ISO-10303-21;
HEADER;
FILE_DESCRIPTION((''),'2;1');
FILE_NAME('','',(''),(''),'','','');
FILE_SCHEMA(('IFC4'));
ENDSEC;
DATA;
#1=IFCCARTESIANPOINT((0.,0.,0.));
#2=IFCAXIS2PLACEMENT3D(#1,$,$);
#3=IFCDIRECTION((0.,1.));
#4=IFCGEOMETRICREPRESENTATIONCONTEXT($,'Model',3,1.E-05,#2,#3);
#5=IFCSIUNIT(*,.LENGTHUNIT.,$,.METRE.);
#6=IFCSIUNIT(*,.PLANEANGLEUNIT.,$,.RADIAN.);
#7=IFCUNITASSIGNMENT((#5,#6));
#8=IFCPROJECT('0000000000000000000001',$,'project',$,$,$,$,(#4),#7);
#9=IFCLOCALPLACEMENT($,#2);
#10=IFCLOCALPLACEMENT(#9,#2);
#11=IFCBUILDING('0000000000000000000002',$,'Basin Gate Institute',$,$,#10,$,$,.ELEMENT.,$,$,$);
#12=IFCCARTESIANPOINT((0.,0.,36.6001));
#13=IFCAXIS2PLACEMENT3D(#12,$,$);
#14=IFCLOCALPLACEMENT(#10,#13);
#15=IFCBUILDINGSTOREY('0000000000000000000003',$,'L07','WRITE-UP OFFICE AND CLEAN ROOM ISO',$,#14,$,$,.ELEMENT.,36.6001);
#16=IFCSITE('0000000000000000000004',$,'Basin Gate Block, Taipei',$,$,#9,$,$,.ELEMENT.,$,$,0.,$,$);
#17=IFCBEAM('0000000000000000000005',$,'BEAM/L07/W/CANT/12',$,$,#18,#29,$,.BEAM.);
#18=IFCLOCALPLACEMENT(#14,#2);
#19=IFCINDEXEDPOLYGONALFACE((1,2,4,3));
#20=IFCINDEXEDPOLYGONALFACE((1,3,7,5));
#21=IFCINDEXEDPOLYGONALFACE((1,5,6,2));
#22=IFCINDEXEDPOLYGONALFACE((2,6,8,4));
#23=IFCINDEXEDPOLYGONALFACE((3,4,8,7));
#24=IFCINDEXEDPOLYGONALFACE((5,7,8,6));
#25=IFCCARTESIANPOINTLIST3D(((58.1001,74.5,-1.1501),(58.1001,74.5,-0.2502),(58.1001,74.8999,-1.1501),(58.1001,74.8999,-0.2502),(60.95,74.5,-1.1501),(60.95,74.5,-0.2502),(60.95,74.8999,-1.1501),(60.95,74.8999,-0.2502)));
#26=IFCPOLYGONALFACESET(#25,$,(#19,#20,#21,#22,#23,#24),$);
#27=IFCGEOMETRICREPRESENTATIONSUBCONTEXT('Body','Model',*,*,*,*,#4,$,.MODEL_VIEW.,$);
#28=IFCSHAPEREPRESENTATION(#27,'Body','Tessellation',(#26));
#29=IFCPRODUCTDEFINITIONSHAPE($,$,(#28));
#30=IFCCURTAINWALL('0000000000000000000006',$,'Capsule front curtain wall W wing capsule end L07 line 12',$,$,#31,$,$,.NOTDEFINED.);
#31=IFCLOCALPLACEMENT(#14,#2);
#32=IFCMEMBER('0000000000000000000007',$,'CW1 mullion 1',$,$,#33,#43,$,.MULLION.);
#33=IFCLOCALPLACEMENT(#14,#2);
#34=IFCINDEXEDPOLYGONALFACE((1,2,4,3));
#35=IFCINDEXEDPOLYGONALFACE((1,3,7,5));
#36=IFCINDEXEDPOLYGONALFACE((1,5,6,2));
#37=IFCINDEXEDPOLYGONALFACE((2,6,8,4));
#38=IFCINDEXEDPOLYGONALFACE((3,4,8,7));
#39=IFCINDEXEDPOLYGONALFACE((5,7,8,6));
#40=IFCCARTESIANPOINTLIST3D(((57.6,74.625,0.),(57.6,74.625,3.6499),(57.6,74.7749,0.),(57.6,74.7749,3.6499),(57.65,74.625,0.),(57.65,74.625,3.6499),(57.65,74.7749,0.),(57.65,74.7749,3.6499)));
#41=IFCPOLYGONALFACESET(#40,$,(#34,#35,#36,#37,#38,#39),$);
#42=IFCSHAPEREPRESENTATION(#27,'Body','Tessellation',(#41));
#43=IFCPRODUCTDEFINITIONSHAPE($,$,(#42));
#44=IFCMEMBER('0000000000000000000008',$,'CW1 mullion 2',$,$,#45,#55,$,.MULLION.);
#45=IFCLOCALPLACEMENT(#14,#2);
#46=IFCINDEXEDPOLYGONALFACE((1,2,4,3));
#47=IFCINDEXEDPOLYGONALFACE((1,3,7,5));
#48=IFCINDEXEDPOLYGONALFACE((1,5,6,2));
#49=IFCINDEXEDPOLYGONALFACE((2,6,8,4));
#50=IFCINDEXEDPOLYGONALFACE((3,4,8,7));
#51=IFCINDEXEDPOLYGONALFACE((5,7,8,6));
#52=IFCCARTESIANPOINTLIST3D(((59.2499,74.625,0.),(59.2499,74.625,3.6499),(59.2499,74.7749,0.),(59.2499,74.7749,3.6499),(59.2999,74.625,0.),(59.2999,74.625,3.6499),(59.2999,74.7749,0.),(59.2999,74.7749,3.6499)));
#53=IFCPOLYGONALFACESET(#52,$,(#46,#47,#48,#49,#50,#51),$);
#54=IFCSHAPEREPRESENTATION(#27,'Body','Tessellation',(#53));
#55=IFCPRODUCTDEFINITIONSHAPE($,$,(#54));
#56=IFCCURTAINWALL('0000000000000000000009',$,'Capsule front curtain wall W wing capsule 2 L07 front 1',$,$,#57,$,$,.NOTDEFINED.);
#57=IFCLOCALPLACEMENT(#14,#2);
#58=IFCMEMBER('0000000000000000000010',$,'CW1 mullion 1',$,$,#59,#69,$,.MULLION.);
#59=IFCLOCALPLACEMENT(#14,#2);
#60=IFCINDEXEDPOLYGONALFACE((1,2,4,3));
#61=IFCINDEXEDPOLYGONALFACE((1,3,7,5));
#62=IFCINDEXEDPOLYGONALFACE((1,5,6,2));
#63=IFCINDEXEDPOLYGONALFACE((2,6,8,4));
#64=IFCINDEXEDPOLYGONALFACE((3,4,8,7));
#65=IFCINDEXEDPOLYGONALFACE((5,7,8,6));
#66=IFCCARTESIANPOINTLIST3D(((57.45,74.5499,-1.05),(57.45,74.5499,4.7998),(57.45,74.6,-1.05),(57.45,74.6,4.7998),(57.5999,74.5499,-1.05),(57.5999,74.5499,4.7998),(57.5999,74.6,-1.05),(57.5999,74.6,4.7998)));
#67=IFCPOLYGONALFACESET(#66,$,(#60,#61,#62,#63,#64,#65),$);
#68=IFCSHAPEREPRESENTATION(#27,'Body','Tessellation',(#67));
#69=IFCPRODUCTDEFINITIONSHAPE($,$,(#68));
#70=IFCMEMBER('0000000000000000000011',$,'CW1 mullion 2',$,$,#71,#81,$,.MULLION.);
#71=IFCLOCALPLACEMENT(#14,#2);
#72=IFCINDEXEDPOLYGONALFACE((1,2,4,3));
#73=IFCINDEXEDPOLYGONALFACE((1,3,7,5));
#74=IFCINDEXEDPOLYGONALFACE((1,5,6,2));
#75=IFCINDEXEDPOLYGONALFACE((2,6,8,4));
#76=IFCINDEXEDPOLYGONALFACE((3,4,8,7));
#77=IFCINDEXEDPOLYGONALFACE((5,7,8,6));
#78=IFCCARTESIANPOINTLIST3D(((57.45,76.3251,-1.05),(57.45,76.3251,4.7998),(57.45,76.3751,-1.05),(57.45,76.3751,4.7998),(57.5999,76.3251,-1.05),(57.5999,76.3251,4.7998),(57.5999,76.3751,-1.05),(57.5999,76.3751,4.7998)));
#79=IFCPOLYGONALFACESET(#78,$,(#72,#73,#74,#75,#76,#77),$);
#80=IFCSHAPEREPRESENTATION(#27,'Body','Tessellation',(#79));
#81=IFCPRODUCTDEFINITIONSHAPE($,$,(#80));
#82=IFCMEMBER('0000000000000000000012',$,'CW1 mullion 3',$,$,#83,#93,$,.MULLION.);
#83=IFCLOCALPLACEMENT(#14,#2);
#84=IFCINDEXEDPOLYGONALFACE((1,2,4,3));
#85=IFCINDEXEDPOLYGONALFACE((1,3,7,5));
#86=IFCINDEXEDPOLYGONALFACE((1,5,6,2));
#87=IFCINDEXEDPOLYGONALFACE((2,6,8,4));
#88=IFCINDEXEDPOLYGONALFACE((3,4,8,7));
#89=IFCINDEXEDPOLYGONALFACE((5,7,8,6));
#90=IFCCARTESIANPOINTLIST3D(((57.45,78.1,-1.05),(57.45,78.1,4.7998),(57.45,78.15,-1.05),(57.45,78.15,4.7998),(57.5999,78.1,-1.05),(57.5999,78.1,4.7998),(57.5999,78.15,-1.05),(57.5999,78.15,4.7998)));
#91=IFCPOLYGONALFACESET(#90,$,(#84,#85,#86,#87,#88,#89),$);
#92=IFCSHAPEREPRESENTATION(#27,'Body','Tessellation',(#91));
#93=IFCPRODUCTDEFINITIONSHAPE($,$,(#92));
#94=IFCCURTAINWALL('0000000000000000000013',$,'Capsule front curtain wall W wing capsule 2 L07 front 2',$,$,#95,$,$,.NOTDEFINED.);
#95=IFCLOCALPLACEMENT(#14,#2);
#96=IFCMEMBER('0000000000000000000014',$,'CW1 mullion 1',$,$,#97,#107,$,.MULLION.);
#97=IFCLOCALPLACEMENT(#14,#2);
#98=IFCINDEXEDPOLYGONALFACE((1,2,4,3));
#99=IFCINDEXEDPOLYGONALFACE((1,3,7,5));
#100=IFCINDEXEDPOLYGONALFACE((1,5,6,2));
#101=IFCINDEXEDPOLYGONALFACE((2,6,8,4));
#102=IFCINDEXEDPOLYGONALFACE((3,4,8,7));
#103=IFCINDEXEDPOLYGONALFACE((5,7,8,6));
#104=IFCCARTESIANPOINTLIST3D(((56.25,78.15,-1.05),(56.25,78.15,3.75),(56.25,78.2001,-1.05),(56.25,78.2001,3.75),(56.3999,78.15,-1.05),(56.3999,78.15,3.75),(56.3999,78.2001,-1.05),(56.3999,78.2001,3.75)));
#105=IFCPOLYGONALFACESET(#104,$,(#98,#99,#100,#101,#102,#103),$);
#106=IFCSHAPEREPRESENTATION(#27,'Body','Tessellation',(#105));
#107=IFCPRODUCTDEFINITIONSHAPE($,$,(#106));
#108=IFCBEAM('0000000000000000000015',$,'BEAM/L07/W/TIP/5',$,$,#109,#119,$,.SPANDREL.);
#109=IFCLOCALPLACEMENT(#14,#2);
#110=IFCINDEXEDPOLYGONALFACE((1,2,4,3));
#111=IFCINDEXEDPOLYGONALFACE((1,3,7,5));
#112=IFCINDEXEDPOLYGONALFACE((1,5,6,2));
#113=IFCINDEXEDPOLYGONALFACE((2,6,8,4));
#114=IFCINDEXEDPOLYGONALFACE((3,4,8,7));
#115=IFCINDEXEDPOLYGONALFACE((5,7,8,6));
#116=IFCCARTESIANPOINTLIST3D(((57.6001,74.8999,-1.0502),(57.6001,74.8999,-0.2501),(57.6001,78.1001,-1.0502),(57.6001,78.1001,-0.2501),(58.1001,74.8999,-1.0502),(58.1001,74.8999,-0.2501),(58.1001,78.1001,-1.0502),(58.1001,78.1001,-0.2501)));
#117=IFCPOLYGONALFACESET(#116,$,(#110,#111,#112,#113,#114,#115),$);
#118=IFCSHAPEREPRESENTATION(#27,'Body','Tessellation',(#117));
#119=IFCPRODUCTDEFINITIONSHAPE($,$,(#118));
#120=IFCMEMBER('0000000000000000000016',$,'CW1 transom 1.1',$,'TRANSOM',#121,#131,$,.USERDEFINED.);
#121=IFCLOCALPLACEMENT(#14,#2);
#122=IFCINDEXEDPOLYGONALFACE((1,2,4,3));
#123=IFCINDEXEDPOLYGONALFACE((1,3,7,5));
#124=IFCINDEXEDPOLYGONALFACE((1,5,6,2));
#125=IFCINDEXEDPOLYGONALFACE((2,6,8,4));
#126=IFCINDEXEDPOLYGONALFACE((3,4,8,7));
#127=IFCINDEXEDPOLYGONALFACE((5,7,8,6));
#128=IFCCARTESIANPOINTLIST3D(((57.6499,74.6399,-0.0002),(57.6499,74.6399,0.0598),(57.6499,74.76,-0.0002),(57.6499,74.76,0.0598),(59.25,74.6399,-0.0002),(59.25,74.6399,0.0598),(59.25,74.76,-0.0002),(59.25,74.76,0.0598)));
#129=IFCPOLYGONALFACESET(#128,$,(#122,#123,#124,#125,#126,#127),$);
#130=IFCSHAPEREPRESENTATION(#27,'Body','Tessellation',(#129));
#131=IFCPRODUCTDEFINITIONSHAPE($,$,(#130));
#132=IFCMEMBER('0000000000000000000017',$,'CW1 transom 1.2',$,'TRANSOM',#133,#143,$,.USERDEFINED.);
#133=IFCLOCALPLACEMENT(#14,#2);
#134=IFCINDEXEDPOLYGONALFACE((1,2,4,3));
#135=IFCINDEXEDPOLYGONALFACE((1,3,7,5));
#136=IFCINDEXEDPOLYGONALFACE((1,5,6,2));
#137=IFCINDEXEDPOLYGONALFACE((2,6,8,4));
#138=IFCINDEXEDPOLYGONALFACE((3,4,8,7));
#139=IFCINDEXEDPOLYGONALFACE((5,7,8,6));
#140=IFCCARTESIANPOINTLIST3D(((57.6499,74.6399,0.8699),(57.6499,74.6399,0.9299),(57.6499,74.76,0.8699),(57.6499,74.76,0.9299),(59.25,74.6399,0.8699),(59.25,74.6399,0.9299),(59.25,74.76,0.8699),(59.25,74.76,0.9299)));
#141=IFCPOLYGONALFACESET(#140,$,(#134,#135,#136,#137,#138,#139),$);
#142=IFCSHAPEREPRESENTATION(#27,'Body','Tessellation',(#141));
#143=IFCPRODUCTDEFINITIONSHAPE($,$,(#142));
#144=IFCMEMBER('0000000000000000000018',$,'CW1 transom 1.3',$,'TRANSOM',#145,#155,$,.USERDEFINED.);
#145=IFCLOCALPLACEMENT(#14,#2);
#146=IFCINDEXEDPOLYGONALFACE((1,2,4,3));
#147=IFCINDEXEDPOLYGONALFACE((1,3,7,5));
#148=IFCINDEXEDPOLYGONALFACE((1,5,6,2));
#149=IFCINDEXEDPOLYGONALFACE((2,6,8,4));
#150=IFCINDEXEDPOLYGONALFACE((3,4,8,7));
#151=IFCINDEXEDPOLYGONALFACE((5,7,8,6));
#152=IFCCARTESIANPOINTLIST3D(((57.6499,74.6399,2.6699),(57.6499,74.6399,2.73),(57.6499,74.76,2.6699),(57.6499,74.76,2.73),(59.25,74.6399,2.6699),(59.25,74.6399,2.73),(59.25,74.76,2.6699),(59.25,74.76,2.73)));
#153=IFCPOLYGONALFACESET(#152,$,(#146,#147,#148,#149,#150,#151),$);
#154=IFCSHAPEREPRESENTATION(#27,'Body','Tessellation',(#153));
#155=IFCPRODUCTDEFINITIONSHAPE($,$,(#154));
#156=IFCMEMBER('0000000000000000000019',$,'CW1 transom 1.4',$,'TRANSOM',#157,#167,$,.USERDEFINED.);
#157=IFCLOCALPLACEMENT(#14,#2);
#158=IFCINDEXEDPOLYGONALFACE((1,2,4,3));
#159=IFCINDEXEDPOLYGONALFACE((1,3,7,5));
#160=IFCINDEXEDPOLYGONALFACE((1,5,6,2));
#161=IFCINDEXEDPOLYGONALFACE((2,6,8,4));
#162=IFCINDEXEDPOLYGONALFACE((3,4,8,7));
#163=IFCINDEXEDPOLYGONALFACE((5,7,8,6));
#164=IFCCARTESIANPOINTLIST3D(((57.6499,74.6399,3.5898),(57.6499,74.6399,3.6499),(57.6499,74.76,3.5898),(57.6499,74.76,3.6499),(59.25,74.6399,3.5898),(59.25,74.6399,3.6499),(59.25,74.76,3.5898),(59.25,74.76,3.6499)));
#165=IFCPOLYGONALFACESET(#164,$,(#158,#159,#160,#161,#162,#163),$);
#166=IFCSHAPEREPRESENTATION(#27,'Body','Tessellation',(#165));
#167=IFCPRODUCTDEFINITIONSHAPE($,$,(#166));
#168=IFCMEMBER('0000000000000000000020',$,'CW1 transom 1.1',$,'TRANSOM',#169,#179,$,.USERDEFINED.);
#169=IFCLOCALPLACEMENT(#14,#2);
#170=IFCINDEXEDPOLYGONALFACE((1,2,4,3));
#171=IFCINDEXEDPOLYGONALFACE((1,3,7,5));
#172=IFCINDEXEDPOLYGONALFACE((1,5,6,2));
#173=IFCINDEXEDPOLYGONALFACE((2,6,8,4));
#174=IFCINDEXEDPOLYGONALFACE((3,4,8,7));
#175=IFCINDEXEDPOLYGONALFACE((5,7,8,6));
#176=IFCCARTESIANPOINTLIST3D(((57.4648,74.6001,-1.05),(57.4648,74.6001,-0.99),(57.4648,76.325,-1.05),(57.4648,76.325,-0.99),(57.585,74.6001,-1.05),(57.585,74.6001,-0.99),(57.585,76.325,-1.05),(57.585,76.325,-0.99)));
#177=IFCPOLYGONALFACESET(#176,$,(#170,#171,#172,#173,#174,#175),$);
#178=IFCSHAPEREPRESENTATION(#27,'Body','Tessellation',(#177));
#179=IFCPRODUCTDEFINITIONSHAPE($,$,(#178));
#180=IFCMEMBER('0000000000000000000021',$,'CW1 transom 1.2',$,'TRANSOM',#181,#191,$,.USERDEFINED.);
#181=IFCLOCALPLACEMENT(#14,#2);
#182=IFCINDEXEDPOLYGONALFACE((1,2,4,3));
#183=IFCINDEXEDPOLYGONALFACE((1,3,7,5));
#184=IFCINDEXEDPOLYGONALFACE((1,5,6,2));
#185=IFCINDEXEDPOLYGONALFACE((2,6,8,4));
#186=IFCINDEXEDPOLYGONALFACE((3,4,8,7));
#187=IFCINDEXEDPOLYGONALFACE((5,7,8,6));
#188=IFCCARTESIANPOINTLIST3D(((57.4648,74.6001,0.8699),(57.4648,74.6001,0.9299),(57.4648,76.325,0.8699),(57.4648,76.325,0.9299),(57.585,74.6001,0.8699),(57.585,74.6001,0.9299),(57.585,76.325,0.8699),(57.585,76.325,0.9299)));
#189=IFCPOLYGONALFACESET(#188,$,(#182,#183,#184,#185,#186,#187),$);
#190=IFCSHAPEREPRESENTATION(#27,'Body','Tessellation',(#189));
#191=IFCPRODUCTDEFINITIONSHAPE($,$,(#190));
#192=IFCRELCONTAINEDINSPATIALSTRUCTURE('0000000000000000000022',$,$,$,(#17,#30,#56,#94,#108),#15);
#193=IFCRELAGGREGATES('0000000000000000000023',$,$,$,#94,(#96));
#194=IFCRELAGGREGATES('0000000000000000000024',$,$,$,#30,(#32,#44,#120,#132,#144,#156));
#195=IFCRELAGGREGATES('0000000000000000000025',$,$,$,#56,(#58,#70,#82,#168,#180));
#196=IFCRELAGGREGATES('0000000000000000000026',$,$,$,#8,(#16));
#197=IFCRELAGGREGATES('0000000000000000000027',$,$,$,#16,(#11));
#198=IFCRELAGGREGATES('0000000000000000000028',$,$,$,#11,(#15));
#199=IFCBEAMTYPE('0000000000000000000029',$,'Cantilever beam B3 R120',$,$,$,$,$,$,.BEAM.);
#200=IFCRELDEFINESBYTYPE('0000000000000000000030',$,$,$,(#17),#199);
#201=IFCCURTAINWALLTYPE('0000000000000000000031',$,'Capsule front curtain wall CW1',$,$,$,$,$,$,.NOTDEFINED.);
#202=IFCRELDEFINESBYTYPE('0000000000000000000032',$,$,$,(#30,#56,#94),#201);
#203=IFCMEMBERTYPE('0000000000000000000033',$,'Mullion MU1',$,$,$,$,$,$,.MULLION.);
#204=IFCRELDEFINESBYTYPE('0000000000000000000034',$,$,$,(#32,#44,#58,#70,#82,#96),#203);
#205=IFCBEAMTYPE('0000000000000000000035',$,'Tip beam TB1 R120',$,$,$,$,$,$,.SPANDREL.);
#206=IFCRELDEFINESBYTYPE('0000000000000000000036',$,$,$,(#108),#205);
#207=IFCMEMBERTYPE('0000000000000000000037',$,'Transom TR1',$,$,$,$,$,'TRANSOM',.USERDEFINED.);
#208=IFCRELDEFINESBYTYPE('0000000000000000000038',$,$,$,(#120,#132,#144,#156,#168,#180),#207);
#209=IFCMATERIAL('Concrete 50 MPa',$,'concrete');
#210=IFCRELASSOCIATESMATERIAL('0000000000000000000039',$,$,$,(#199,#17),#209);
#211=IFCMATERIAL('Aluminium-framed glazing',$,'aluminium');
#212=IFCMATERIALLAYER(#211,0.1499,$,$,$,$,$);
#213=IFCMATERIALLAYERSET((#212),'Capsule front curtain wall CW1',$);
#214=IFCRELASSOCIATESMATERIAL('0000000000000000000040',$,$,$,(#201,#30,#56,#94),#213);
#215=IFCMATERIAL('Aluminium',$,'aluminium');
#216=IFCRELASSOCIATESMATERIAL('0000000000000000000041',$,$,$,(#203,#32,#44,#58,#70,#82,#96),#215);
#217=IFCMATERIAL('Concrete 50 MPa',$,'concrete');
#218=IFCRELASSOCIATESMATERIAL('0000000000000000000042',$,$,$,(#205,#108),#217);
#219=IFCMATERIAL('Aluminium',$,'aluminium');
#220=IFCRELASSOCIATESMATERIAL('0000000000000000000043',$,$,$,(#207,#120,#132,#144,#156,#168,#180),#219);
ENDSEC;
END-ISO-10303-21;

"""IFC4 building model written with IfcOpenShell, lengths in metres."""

from ifc_helpers import new_model, si_unit, direction, frame, origin, origin_2d, place, context, subcontext, project, spatial, rectangle, extrude, material, layer, layer_set, material_profile, profile_set, type_object, element, aggregate, save


model = new_model("IFC4")

# Units and contexts
model_context = context("Model", 3, precision=1e-05, world=origin(), true_north=direction((0.0, 1.0)))
body_context = subcontext(model_context, "Body", "Model", "MODEL_VIEW")
ifc_project = project(units=[si_unit("LENGTHUNIT", "METRE"), si_unit("PLANEANGLEUNIT", "RADIAN")], contexts=[model_context])

# Site, building, storey
site_placement = place(None, origin())
site = spatial("IfcSite", under=ifc_project, at=site_placement, Name="Basin Gate Block, Taipei", CompositionType="ELEMENT", RefElevation=0.0)
building_placement = place(site_placement, origin())
building = spatial("IfcBuilding", under=site, at=building_placement, Name="Basin Gate Institute", CompositionType="ELEMENT")
storey_placement = place(building_placement, frame((0.0, 0.0, 36.6001)))
storey = spatial("IfcBuildingStorey", under=building, at=storey_placement, Name="L07", Description="WRITE-UP OFFICE AND CLEAN ROOM ISO", CompositionType="ELEMENT", Elevation=36.6001)

# Beam
ifc_material_1 = material(Name="Concrete 50 MPa", Category="concrete")
ifc_material_profile_1 = material_profile(ifc_material_1, rectangle(XDim=0.3999, YDim=0.8999, at=origin_2d()), Name="Cantilever beam B3 400 x 900")
ifc_profile_set_1 = profile_set([ifc_material_profile_1], Name="Concrete 50 MPa")
beam_type_1 = type_object("IfcBeamType", Name="Cantilever beam B3 R120", PredefinedType="BEAM", material=ifc_profile_set_1)
beam_1_placement = place(storey_placement, frame((58.1001, 74.7, -0.7002), z_axis=(1.0, 0.0, 0.0), x_axis=(0.0, 1.0, 0.0)))
element("IfcBeam", 1, at=beam_1_placement, inside=storey, type_object=beam_type_1, material=ifc_profile_set_1, Name="BEAM/L07/W/CANT/12", PredefinedType="BEAM", context=body_context, shape_type="SweptSolid", body=[
    extrude(rectangle(XDim=0.3999, YDim=0.8999, at=origin_2d()), origin(), (0.0, 0.0, 1.0), 2.8499),
])

# Curtain walls, members
ifc_material_2 = material(Name="Aluminium-framed glazing", Category="aluminium")
ifc_layer_1 = layer(ifc_material_2, 0.1499)
ifc_layer_set_1 = layer_set([ifc_layer_1], Name="Capsule front curtain wall CW1")
curtain_wall_type = type_object("IfcCurtainWallType", Name="Capsule front curtain wall CW1", PredefinedType="NOTDEFINED", material=ifc_layer_set_1)
curtain_wall_1_placement = place(storey_placement, origin())
curtain_wall_1 = element("IfcCurtainWall", 2, at=curtain_wall_1_placement, inside=storey, type_object=curtain_wall_type, material=ifc_layer_set_1, Name="Capsule front curtain wall W wing capsule end L07 line 12", PredefinedType="NOTDEFINED")
ifc_material_3 = material(Name="Aluminium", Category="aluminium")
ifc_material_profile_2 = material_profile(ifc_material_3, rectangle(XDim=0.1499, YDim=0.05, at=origin_2d()), Name="Mullion MU1 150 x 50")
ifc_profile_set_2 = profile_set([ifc_material_profile_2], Name="Aluminium")
member_type_1 = type_object("IfcMemberType", Name="Mullion MU1", PredefinedType="MULLION", material=ifc_profile_set_2)
member_1_placement = place(storey_placement, frame((57.625, 74.7, 0.0), z_axis=(0.0, 0.0, 1.0), x_axis=(0.0, 1.0, 0.0)))
member_1 = element("IfcMember", 3, at=member_1_placement, type_object=member_type_1, material=ifc_profile_set_2, Name="CW1 mullion 1", PredefinedType="MULLION", context=body_context, shape_type="SweptSolid", body=[
    extrude(rectangle(XDim=0.1499, YDim=0.05, at=origin_2d()), origin(), (0.0, 0.0, 1.0), 3.6499),
])
member_2_placement = place(storey_placement, frame((59.2749, 74.7, 0.0), z_axis=(0.0, 0.0, 1.0), x_axis=(0.0, 1.0, 0.0)))
member_2 = element("IfcMember", 4, at=member_2_placement, type_object=member_type_1, material=ifc_profile_set_2, Name="CW1 mullion 2", PredefinedType="MULLION", context=body_context, shape_type="SweptSolid", body=[
    extrude(rectangle(XDim=0.1499, YDim=0.05, at=origin_2d()), origin(), (0.0, 0.0, 1.0), 3.6499),
])
curtain_wall_2_placement = place(storey_placement, origin())
curtain_wall_2 = element("IfcCurtainWall", 5, at=curtain_wall_2_placement, inside=storey, type_object=curtain_wall_type, material=ifc_layer_set_1, Name="Capsule front curtain wall W wing capsule 2 L07 front 1", PredefinedType="NOTDEFINED")
member_3_placement = place(storey_placement, frame((57.5249, 74.575, -1.05), z_axis=(0.0, 0.0, 1.0), x_axis=(-1.0, 0.0, 0.0)))
member_3 = element("IfcMember", 6, at=member_3_placement, type_object=member_type_1, material=ifc_profile_set_2, Name="CW1 mullion 1", PredefinedType="MULLION", context=body_context, shape_type="SweptSolid", body=[
    extrude(rectangle(XDim=0.1499, YDim=0.05, at=origin_2d()), origin(), (0.0, 0.0, 1.0), 5.8499),
])
member_4_placement = place(storey_placement, frame((57.5249, 76.3501, -1.05), z_axis=(0.0, 0.0, 1.0), x_axis=(-1.0, 0.0, 0.0)))
member_4 = element("IfcMember", 7, at=member_4_placement, type_object=member_type_1, material=ifc_profile_set_2, Name="CW1 mullion 2", PredefinedType="MULLION", context=body_context, shape_type="SweptSolid", body=[
    extrude(rectangle(XDim=0.1499, YDim=0.05, at=origin_2d()), origin(), (0.0, 0.0, 1.0), 5.8499),
])
member_5_placement = place(storey_placement, frame((57.5249, 78.125, -1.05), z_axis=(0.0, 0.0, 1.0), x_axis=(-1.0, 0.0, 0.0)))
member_5 = element("IfcMember", 8, at=member_5_placement, type_object=member_type_1, material=ifc_profile_set_2, Name="CW1 mullion 3", PredefinedType="MULLION", context=body_context, shape_type="SweptSolid", body=[
    extrude(rectangle(XDim=0.1499, YDim=0.05, at=origin_2d()), origin(), (0.0, 0.0, 1.0), 5.8499),
])

# Curtain wall, member
curtain_wall_3_placement = place(storey_placement, origin())
curtain_wall_3 = element("IfcCurtainWall", 9, at=curtain_wall_3_placement, inside=storey, type_object=curtain_wall_type, material=ifc_layer_set_1, Name="Capsule front curtain wall W wing capsule 2 L07 front 2", PredefinedType="NOTDEFINED")
member_6_placement = place(storey_placement, frame((56.325, 78.175, -1.05), z_axis=(0.0, 0.0, 1.0), x_axis=(-1.0, 0.0, 0.0)))
member_6 = element("IfcMember", 10, at=member_6_placement, type_object=member_type_1, material=ifc_profile_set_2, Name="CW1 mullion 1", PredefinedType="MULLION", context=body_context, shape_type="SweptSolid", body=[
    extrude(rectangle(XDim=0.1499, YDim=0.05, at=origin_2d()), origin(), (0.0, 0.0, 1.0), 4.8),
])

# Beam
ifc_material_4 = material(Name="Concrete 50 MPa", Category="concrete")
ifc_material_profile_3 = material_profile(ifc_material_4, rectangle(XDim=0.5, YDim=0.8, at=origin_2d()), Name="Tip beam TB1 500 x 800")
ifc_profile_set_3 = profile_set([ifc_material_profile_3], Name="Concrete 50 MPa")
beam_type_2 = type_object("IfcBeamType", Name="Tip beam TB1 R120", PredefinedType="SPANDREL", material=ifc_profile_set_3)
beam_2_placement = place(storey_placement, frame((57.8501, 74.8999, -0.6501), z_axis=(0.0, 1.0, 0.0), x_axis=(-1.0, 0.0, 0.0)))
element("IfcBeam", 11, at=beam_2_placement, inside=storey, type_object=beam_type_2, material=ifc_profile_set_3, Name="BEAM/L07/W/TIP/5", PredefinedType="SPANDREL", context=body_context, shape_type="SweptSolid", body=[
    extrude(rectangle(XDim=0.5, YDim=0.8, at=origin_2d()), origin(), (0.0, 0.0, 1.0), 3.2002),
])

# Members
ifc_material_5 = material(Name="Aluminium", Category="aluminium")
ifc_material_profile_4 = material_profile(ifc_material_5, rectangle(XDim=0.1201, YDim=0.0601, at=origin_2d()), Name="Transom TR1 120 x 60")
ifc_profile_set_4 = profile_set([ifc_material_profile_4], Name="Aluminium")
member_type_2 = type_object("IfcMemberType", Name="Transom TR1", ElementType="TRANSOM", PredefinedType="USERDEFINED", material=ifc_profile_set_4)
member_7_placement = place(storey_placement, frame((57.6499, 74.7, 0.0298), z_axis=(1.0, 0.0, 0.0), x_axis=(0.0, 1.0, 0.0)))
member_7 = element("IfcMember", 12, at=member_7_placement, type_object=member_type_2, material=ifc_profile_set_4, Name="CW1 transom 1.1", ObjectType="TRANSOM", PredefinedType="USERDEFINED", context=body_context, shape_type="SweptSolid", body=[
    extrude(rectangle(XDim=0.1201, YDim=0.0601, at=origin_2d()), origin(), (0.0, 0.0, 1.0), 1.6001),
])
member_8_placement = place(storey_placement, frame((57.6499, 74.7, 0.8999), z_axis=(1.0, 0.0, 0.0), x_axis=(0.0, 1.0, 0.0)))
member_8 = element("IfcMember", 13, at=member_8_placement, type_object=member_type_2, material=ifc_profile_set_4, Name="CW1 transom 1.2", ObjectType="TRANSOM", PredefinedType="USERDEFINED", context=body_context, shape_type="SweptSolid", body=[
    extrude(rectangle(XDim=0.1201, YDim=0.0601, at=origin_2d()), origin(), (0.0, 0.0, 1.0), 1.6001),
])
member_9_placement = place(storey_placement, frame((57.6499, 74.7, 2.7), z_axis=(1.0, 0.0, 0.0), x_axis=(0.0, 1.0, 0.0)))
member_9 = element("IfcMember", 14, at=member_9_placement, type_object=member_type_2, material=ifc_profile_set_4, Name="CW1 transom 1.3", ObjectType="TRANSOM", PredefinedType="USERDEFINED", context=body_context, shape_type="SweptSolid", body=[
    extrude(rectangle(XDim=0.1201, YDim=0.0601, at=origin_2d()), origin(), (0.0, 0.0, 1.0), 1.6001),
])
member_10_placement = place(storey_placement, frame((57.6499, 74.7, 3.6199), z_axis=(1.0, 0.0, 0.0), x_axis=(0.0, 1.0, 0.0)))
member_10 = element("IfcMember", 15, at=member_10_placement, type_object=member_type_2, material=ifc_profile_set_4, Name="CW1 transom 1.4", ObjectType="TRANSOM", PredefinedType="USERDEFINED", context=body_context, shape_type="SweptSolid", body=[
    extrude(rectangle(XDim=0.1201, YDim=0.0601, at=origin_2d()), origin(), (0.0, 0.0, 1.0), 1.6001),
])
member_11_placement = place(storey_placement, frame((57.5249, 74.6001, -1.02), z_axis=(0.0, 1.0, 0.0), x_axis=(-1.0, 0.0, 0.0)))
member_11 = element("IfcMember", 16, at=member_11_placement, type_object=member_type_2, material=ifc_profile_set_4, Name="CW1 transom 1.1", ObjectType="TRANSOM", PredefinedType="USERDEFINED", context=body_context, shape_type="SweptSolid", body=[
    extrude(rectangle(XDim=0.1201, YDim=0.0601, at=origin_2d()), origin(), (0.0, 0.0, 1.0), 1.7249),
])
member_12_placement = place(storey_placement, frame((57.5249, 74.6001, 0.8999), z_axis=(0.0, 1.0, 0.0), x_axis=(-1.0, 0.0, 0.0)))
member_12 = element("IfcMember", 17, at=member_12_placement, type_object=member_type_2, material=ifc_profile_set_4, Name="CW1 transom 1.2", ObjectType="TRANSOM", PredefinedType="USERDEFINED", context=body_context, shape_type="SweptSolid", body=[
    extrude(rectangle(XDim=0.1201, YDim=0.0601, at=origin_2d()), origin(), (0.0, 0.0, 1.0), 1.7249),
])
aggregate(curtain_wall_3, [member_6])

aggregate(curtain_wall_1, [member_1, member_2, member_7, member_8, member_9, member_10])
aggregate(curtain_wall_2, [member_3, member_4, member_5, member_11, member_12])

save(model, "model.ifc")
